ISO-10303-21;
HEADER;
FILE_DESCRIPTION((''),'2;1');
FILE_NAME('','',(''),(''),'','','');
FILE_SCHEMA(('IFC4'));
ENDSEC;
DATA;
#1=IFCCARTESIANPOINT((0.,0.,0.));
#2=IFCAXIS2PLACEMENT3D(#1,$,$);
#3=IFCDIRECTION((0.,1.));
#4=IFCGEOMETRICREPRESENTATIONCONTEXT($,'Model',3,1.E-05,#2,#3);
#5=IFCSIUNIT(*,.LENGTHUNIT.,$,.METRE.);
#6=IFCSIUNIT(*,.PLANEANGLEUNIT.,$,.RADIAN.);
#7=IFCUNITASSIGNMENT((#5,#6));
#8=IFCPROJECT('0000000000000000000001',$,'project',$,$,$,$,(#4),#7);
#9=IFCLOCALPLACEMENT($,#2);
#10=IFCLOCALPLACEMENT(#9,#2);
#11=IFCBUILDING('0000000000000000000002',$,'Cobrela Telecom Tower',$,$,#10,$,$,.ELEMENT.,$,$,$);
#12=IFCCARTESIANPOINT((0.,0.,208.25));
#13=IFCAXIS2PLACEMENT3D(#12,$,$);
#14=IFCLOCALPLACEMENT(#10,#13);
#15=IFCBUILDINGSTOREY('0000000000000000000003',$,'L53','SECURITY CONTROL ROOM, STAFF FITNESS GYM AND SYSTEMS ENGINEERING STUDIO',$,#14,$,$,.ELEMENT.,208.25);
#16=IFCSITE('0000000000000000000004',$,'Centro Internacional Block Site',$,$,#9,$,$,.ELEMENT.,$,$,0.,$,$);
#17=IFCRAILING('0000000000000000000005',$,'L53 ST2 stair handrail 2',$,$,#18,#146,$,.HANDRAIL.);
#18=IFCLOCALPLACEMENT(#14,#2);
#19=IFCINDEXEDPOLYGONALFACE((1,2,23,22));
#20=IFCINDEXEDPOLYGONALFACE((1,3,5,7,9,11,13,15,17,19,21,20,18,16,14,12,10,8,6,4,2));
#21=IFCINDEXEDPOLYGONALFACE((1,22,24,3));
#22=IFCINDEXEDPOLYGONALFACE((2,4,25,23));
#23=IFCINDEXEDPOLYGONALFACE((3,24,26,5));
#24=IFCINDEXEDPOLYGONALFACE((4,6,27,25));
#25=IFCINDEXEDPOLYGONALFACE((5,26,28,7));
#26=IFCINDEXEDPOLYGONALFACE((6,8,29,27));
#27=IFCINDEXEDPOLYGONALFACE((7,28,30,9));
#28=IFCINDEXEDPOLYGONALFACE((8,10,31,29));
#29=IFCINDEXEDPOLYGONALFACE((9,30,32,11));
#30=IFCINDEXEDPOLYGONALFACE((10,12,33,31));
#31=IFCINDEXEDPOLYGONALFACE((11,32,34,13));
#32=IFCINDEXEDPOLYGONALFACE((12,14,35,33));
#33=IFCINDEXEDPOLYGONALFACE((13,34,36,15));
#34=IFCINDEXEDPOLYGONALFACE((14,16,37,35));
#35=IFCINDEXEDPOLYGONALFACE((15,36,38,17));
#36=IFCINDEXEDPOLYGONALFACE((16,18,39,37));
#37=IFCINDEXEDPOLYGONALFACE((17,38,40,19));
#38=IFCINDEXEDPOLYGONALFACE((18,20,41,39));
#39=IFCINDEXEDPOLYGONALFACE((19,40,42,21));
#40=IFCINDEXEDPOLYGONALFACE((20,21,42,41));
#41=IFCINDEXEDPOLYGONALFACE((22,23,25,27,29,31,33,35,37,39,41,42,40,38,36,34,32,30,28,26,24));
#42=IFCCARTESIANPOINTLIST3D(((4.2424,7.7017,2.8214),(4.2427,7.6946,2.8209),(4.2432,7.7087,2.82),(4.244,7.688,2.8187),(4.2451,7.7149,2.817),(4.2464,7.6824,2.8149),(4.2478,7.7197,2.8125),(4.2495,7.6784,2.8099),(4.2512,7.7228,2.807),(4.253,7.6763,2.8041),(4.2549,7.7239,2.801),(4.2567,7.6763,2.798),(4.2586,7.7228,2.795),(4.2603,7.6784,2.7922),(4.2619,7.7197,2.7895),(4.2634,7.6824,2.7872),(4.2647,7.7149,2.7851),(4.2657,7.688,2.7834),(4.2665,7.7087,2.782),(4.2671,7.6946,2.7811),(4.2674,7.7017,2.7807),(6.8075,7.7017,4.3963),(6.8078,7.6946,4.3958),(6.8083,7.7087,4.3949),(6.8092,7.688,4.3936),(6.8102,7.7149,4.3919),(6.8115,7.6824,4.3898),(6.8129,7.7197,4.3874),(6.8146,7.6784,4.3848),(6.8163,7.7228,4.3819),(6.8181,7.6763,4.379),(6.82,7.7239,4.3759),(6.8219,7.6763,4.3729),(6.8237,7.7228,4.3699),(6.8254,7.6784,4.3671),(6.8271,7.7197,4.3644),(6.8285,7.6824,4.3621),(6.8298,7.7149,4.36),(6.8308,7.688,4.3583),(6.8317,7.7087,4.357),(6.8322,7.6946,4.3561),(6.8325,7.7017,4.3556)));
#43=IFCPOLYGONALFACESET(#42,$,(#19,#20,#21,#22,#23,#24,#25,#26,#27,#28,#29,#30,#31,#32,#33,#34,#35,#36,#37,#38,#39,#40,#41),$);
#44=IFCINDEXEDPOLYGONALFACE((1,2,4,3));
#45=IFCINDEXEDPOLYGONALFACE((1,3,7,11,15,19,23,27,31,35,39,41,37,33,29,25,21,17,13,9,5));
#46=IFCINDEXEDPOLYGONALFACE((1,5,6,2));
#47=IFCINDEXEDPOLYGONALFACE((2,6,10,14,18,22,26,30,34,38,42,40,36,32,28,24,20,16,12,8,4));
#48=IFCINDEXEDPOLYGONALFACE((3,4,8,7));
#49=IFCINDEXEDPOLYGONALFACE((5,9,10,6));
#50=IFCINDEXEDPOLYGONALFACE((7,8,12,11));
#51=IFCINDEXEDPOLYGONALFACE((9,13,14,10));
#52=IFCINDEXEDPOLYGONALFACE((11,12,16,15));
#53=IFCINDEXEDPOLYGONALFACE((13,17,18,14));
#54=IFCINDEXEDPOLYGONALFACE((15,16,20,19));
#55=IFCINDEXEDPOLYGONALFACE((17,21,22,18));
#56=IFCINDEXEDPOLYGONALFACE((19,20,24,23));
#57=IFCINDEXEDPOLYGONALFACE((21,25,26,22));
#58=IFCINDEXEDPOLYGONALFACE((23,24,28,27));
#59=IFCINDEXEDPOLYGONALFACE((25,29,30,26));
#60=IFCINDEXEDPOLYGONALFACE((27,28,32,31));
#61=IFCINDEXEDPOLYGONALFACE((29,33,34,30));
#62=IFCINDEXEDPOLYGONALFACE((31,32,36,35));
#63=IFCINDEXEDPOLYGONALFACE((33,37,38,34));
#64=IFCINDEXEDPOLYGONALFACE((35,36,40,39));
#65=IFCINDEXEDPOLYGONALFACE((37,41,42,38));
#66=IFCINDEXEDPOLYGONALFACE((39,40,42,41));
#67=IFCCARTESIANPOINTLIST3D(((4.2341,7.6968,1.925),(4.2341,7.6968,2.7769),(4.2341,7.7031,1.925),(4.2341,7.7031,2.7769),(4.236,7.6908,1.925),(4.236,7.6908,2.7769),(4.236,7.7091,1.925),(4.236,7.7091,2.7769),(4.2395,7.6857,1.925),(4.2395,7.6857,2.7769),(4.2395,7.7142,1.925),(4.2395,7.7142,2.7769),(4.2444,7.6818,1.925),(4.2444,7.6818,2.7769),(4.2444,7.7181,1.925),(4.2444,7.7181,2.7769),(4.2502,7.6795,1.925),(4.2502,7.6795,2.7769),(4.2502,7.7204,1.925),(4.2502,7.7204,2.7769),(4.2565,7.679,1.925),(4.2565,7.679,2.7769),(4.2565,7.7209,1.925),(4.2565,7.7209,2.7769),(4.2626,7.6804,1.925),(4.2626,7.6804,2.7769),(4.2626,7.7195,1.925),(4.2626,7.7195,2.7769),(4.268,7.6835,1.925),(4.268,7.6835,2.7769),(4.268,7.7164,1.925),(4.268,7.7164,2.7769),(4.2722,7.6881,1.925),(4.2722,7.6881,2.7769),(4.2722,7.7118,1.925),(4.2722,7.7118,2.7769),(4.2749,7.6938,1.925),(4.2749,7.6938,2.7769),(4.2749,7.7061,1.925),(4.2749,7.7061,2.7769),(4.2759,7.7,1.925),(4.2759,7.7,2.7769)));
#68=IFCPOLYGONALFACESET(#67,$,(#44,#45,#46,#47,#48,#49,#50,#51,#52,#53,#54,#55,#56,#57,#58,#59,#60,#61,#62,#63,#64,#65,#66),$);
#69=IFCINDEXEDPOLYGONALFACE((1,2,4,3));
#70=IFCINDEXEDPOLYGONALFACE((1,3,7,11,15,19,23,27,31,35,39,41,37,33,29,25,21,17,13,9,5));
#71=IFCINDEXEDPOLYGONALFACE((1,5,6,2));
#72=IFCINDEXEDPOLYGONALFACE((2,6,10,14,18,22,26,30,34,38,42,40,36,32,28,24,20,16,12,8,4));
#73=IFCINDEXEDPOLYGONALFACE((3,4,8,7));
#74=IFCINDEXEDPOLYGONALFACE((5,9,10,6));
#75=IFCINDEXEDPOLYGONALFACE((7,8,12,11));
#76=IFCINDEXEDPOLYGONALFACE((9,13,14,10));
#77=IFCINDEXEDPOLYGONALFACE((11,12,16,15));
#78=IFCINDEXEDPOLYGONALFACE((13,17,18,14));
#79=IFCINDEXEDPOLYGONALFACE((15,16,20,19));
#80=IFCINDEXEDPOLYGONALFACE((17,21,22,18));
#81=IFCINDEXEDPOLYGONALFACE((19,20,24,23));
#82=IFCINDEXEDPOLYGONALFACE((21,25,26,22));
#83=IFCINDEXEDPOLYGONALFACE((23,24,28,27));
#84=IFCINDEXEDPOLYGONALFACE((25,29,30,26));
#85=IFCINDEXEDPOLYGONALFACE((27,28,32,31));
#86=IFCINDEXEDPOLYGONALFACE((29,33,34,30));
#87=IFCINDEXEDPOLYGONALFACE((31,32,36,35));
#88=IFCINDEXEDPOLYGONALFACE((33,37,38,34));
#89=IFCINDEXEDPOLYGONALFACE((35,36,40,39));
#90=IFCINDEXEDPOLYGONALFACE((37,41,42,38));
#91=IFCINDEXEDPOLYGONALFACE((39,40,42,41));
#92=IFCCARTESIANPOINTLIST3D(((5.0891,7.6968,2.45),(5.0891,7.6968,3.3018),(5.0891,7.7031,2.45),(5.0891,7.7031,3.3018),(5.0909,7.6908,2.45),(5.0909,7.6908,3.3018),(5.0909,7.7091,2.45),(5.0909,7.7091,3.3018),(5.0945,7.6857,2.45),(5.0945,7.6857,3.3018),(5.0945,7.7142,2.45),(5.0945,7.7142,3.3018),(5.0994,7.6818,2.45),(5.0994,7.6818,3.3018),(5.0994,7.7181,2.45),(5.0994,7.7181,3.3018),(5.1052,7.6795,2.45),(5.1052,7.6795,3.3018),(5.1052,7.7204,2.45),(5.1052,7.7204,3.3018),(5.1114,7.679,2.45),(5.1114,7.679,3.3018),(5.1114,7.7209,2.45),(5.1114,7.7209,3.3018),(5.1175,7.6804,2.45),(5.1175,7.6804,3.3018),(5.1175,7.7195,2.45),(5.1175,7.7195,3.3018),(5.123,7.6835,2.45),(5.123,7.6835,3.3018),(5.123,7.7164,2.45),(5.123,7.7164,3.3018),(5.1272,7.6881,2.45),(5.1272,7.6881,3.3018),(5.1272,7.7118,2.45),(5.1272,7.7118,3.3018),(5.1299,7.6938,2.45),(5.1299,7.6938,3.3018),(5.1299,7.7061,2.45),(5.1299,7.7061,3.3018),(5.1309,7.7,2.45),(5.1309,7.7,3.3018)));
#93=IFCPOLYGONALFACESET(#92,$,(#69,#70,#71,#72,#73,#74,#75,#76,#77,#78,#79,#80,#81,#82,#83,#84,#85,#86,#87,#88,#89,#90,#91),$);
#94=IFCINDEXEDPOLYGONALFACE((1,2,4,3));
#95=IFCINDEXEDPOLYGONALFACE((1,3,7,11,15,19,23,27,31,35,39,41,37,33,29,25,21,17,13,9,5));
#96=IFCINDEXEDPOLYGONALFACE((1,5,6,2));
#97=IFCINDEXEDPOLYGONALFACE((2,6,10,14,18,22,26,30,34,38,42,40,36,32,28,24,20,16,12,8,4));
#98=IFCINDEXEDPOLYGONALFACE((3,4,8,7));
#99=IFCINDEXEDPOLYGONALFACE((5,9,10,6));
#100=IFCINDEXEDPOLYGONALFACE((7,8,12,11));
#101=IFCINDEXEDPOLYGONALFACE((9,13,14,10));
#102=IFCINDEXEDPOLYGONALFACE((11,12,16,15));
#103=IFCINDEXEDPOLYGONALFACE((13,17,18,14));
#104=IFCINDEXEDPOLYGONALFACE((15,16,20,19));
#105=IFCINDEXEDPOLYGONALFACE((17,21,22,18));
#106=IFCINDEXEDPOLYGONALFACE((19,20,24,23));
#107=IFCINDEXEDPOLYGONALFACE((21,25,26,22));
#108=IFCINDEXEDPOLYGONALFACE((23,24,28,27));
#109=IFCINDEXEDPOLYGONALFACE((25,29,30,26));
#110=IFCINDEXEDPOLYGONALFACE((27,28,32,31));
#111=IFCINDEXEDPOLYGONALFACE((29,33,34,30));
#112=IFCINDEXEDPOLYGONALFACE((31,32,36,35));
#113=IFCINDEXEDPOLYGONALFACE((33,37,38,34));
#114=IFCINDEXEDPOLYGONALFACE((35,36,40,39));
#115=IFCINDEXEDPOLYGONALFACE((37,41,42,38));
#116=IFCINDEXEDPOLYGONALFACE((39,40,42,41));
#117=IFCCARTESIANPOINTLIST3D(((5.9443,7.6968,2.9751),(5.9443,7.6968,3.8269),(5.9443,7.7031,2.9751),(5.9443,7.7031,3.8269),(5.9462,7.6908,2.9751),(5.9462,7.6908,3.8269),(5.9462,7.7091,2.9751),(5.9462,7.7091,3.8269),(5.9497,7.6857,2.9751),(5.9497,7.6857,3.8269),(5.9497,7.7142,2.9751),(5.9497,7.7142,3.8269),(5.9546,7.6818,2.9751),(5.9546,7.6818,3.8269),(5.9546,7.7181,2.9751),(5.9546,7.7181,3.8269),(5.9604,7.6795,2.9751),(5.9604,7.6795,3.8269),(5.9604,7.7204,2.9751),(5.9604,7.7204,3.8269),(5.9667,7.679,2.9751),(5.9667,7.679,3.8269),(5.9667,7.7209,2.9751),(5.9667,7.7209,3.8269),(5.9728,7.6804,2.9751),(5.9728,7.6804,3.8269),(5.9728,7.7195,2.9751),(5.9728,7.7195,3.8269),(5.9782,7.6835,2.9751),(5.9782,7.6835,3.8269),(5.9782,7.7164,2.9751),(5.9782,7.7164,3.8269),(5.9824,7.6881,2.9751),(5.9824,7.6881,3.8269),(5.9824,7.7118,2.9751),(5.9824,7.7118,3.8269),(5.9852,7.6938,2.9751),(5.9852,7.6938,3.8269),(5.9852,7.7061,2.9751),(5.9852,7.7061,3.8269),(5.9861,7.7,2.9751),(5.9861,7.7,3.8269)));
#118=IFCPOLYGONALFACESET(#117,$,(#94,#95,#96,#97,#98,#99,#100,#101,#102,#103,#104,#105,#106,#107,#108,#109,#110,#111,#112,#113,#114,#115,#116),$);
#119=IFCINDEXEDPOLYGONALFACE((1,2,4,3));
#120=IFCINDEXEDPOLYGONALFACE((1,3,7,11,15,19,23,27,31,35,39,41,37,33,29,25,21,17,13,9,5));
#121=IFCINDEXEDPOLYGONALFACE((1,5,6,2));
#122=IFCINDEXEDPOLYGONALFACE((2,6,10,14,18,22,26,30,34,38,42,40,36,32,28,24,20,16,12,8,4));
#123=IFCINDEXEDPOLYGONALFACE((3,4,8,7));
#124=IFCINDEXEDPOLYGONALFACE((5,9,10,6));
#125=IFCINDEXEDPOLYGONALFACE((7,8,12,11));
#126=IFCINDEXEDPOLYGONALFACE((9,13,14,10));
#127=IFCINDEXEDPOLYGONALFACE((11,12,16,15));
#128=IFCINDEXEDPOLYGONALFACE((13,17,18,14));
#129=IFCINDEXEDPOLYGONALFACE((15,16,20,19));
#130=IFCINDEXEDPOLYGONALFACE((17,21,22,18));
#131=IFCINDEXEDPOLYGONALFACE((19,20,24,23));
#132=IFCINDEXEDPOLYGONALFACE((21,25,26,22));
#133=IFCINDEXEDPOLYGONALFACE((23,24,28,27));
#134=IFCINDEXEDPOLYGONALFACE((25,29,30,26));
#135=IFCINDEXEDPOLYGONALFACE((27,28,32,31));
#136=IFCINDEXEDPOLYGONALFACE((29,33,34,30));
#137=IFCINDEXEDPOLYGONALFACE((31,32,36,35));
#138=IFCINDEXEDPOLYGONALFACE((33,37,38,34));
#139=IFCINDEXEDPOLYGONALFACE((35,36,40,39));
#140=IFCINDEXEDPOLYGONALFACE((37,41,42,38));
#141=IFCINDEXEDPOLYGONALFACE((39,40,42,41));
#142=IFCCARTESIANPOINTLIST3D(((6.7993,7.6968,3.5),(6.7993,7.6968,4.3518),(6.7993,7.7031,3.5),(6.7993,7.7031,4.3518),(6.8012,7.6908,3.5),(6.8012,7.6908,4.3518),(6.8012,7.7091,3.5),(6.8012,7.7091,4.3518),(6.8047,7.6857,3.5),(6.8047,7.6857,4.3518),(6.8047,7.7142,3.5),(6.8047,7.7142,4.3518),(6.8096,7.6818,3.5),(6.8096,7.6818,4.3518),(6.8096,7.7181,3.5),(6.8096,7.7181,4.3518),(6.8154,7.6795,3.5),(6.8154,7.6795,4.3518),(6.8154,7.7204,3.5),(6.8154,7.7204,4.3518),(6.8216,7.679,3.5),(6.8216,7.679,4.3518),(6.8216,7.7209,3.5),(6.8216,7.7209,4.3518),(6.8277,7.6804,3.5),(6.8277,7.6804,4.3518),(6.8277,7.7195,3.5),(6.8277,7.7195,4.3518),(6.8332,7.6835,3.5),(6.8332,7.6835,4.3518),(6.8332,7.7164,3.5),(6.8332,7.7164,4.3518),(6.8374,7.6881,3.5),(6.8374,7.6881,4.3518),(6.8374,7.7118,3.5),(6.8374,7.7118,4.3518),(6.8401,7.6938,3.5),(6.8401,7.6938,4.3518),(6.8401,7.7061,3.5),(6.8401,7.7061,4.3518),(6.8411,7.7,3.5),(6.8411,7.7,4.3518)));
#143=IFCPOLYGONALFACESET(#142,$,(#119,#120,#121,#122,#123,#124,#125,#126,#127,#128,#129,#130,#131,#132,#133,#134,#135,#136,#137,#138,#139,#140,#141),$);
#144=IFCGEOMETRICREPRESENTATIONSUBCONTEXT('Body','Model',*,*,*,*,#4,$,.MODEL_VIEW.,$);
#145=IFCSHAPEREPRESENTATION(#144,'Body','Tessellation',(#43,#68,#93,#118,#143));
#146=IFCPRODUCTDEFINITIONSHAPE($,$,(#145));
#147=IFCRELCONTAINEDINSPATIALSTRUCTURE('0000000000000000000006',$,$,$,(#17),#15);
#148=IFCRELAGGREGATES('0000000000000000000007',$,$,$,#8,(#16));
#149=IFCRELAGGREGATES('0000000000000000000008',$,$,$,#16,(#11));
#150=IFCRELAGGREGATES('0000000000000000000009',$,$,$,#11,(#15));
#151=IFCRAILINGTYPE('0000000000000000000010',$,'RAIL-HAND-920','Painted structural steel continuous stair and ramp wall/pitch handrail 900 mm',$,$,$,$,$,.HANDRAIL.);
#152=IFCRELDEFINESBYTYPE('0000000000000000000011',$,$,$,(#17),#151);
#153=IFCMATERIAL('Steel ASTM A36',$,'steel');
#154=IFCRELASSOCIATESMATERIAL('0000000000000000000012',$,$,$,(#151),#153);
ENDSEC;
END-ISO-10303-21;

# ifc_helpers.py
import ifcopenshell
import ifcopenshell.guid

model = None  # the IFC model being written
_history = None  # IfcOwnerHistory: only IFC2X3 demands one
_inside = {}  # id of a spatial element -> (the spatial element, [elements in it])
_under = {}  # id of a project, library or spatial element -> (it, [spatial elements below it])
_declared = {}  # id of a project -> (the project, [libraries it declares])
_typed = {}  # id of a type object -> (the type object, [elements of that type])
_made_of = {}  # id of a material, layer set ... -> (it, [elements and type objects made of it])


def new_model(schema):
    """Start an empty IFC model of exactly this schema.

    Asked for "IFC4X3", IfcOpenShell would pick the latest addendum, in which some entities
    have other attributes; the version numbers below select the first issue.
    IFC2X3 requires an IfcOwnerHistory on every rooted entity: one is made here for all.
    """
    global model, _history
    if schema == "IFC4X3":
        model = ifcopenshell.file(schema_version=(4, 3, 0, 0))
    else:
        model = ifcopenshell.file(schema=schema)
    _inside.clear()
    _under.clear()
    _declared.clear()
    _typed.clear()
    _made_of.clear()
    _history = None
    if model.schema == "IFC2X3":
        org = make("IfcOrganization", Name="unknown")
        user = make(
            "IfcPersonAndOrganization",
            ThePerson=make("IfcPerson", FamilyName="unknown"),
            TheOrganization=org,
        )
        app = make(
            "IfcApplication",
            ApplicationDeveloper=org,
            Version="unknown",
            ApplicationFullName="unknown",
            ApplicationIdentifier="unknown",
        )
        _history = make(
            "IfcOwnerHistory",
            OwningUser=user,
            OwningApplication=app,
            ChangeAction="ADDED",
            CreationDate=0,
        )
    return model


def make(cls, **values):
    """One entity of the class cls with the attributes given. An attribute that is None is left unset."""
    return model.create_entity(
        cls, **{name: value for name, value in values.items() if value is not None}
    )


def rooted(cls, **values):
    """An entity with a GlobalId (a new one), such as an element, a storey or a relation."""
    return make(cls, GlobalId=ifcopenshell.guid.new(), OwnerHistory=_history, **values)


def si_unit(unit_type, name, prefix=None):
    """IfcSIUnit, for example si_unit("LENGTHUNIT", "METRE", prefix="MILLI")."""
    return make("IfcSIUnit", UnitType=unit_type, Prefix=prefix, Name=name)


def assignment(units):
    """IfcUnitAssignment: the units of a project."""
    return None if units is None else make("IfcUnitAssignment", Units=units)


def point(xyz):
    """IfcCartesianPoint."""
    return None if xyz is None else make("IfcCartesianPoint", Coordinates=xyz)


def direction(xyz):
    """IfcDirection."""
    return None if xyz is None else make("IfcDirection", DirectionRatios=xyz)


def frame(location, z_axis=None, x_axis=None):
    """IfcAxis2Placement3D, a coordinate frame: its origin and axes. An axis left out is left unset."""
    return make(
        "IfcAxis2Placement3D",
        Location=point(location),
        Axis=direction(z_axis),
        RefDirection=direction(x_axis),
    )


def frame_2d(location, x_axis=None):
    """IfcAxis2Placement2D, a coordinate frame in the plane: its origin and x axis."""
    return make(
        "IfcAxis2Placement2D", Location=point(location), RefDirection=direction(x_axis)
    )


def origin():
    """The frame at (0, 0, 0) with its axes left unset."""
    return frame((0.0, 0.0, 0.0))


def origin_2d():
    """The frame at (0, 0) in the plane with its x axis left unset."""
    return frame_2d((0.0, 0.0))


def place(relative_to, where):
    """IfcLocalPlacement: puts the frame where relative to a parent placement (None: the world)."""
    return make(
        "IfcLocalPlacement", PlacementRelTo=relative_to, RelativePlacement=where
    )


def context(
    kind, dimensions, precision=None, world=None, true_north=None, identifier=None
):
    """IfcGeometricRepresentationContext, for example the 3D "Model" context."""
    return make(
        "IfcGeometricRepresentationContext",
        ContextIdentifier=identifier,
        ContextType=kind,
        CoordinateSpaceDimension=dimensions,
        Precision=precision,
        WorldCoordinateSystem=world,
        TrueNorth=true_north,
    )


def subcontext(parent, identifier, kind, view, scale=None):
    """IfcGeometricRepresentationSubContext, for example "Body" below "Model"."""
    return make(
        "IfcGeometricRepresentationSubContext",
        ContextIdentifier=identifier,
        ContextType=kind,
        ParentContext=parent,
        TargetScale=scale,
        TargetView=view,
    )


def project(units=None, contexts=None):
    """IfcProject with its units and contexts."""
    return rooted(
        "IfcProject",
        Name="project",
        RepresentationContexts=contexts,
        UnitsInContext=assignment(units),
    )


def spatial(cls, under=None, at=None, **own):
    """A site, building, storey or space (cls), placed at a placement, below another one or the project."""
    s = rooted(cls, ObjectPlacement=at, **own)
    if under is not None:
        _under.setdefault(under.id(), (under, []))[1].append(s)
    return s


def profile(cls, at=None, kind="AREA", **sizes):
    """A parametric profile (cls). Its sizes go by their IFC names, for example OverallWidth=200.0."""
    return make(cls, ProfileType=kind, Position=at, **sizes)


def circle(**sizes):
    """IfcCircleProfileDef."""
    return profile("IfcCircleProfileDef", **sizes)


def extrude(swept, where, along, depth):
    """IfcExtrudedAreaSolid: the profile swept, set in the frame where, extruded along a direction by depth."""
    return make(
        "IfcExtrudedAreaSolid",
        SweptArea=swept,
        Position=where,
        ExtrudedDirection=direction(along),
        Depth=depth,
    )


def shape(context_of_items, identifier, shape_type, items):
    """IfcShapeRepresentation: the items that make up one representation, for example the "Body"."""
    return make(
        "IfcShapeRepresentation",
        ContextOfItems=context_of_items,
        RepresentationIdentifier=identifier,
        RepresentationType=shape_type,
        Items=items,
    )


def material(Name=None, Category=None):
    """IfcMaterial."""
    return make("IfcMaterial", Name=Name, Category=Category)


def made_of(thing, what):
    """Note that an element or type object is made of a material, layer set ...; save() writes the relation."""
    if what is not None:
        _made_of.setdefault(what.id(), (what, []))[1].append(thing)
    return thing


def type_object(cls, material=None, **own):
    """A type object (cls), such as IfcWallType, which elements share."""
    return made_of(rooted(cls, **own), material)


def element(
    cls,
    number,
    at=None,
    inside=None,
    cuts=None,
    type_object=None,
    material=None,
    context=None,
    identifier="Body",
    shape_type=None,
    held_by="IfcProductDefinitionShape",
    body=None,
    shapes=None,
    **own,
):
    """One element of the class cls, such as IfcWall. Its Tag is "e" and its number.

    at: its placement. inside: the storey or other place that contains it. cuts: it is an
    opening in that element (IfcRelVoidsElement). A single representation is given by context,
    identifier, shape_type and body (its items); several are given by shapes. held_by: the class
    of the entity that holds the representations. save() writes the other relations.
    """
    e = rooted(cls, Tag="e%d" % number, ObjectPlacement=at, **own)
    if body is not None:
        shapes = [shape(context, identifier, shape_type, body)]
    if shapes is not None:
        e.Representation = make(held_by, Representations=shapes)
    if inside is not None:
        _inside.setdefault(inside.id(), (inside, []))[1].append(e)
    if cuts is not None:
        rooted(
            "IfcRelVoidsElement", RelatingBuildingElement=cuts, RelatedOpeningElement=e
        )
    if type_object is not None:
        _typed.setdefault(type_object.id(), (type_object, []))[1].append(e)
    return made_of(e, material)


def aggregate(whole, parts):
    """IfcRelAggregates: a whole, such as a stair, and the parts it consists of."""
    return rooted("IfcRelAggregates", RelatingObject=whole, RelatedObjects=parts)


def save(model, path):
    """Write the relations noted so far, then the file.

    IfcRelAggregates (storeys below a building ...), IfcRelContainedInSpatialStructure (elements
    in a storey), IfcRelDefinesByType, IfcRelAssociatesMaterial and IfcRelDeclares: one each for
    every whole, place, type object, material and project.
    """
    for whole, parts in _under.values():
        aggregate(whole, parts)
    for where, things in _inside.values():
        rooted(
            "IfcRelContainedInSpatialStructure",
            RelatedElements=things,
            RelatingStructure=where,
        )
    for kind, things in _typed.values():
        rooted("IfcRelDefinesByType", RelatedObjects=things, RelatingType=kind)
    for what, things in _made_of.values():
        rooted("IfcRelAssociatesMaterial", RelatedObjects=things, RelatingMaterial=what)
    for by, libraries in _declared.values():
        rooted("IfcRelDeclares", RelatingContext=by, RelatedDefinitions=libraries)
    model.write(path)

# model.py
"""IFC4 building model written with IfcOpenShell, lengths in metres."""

from ifc_helpers import new_model, si_unit, direction, frame, origin, origin_2d, place, context, subcontext, project, spatial, circle, extrude, material, type_object, element, save


model = new_model("IFC4")

# Units and contexts
model_context = context("Model", 3, precision=1e-05, world=origin(), true_north=direction((0.0, 1.0)))
body_context = subcontext(model_context, "Body", "Model", "MODEL_VIEW")
ifc_project = project(units=[si_unit("LENGTHUNIT", "METRE"), si_unit("PLANEANGLEUNIT", "RADIAN")], contexts=[model_context])

# Site, building, storey
site_placement = place(None, origin())
site = spatial("IfcSite", under=ifc_project, at=site_placement, Name="Centro Internacional Block Site", CompositionType="ELEMENT", RefElevation=0.0)
building_placement = place(site_placement, origin())
building = spatial("IfcBuilding", under=site, at=building_placement, Name="Cobrela Telecom Tower", CompositionType="ELEMENT")
storey_placement = place(building_placement, frame((0.0, 0.0, 208.25)))
storey = spatial("IfcBuildingStorey", under=building, at=storey_placement, Name="L53", Description="SECURITY CONTROL ROOM, STAFF FITNESS GYM AND SYSTEMS ENGINEERING STUDIO", CompositionType="ELEMENT", Elevation=208.25)

# Railing
ifc_material_1 = material(Name="Steel ASTM A36", Category="steel")
railing_type = type_object("IfcRailingType", Name="RAIL-HAND-920", Description="Painted structural steel continuous stair and ramp wall/pitch handrail 900 mm", PredefinedType="HANDRAIL", material=ifc_material_1)
railing_placement = place(storey_placement, frame((4.2549, 7.7, 1.925)))
element("IfcRailing", 1, at=railing_placement, inside=storey, type_object=railing_type, Name="L53 ST2 stair handrail 2", PredefinedType="HANDRAIL", context=body_context, shape_type="SweptSolid", body=[
    extrude(circle(Radius=0.0239, at=origin_2d()), frame((0.0, 0.0, 0.876), z_axis=(0.852195, 0.0, 0.523224), x_axis=(0.0, 1.0, 0.0)), (0.0, 0.0, 1.0), 3.01),
    extrude(circle(Radius=0.021, at=origin_2d()), origin(), (0.0, 0.0, 1.0), 0.8518),
    extrude(circle(Radius=0.021, at=origin_2d()), frame((0.855, 0.0, 0.5249)), (0.0, 0.0, 1.0), 0.8518),
    extrude(circle(Radius=0.021, at=origin_2d()), frame((1.7102, 0.0, 1.05)), (0.0, 0.0, 1.0), 0.8518),
    extrude(circle(Radius=0.021, at=origin_2d()), frame((2.5652, 0.0, 1.575)), (0.0, 0.0, 1.0), 0.8518),
])

save(model, "model.ifc")
